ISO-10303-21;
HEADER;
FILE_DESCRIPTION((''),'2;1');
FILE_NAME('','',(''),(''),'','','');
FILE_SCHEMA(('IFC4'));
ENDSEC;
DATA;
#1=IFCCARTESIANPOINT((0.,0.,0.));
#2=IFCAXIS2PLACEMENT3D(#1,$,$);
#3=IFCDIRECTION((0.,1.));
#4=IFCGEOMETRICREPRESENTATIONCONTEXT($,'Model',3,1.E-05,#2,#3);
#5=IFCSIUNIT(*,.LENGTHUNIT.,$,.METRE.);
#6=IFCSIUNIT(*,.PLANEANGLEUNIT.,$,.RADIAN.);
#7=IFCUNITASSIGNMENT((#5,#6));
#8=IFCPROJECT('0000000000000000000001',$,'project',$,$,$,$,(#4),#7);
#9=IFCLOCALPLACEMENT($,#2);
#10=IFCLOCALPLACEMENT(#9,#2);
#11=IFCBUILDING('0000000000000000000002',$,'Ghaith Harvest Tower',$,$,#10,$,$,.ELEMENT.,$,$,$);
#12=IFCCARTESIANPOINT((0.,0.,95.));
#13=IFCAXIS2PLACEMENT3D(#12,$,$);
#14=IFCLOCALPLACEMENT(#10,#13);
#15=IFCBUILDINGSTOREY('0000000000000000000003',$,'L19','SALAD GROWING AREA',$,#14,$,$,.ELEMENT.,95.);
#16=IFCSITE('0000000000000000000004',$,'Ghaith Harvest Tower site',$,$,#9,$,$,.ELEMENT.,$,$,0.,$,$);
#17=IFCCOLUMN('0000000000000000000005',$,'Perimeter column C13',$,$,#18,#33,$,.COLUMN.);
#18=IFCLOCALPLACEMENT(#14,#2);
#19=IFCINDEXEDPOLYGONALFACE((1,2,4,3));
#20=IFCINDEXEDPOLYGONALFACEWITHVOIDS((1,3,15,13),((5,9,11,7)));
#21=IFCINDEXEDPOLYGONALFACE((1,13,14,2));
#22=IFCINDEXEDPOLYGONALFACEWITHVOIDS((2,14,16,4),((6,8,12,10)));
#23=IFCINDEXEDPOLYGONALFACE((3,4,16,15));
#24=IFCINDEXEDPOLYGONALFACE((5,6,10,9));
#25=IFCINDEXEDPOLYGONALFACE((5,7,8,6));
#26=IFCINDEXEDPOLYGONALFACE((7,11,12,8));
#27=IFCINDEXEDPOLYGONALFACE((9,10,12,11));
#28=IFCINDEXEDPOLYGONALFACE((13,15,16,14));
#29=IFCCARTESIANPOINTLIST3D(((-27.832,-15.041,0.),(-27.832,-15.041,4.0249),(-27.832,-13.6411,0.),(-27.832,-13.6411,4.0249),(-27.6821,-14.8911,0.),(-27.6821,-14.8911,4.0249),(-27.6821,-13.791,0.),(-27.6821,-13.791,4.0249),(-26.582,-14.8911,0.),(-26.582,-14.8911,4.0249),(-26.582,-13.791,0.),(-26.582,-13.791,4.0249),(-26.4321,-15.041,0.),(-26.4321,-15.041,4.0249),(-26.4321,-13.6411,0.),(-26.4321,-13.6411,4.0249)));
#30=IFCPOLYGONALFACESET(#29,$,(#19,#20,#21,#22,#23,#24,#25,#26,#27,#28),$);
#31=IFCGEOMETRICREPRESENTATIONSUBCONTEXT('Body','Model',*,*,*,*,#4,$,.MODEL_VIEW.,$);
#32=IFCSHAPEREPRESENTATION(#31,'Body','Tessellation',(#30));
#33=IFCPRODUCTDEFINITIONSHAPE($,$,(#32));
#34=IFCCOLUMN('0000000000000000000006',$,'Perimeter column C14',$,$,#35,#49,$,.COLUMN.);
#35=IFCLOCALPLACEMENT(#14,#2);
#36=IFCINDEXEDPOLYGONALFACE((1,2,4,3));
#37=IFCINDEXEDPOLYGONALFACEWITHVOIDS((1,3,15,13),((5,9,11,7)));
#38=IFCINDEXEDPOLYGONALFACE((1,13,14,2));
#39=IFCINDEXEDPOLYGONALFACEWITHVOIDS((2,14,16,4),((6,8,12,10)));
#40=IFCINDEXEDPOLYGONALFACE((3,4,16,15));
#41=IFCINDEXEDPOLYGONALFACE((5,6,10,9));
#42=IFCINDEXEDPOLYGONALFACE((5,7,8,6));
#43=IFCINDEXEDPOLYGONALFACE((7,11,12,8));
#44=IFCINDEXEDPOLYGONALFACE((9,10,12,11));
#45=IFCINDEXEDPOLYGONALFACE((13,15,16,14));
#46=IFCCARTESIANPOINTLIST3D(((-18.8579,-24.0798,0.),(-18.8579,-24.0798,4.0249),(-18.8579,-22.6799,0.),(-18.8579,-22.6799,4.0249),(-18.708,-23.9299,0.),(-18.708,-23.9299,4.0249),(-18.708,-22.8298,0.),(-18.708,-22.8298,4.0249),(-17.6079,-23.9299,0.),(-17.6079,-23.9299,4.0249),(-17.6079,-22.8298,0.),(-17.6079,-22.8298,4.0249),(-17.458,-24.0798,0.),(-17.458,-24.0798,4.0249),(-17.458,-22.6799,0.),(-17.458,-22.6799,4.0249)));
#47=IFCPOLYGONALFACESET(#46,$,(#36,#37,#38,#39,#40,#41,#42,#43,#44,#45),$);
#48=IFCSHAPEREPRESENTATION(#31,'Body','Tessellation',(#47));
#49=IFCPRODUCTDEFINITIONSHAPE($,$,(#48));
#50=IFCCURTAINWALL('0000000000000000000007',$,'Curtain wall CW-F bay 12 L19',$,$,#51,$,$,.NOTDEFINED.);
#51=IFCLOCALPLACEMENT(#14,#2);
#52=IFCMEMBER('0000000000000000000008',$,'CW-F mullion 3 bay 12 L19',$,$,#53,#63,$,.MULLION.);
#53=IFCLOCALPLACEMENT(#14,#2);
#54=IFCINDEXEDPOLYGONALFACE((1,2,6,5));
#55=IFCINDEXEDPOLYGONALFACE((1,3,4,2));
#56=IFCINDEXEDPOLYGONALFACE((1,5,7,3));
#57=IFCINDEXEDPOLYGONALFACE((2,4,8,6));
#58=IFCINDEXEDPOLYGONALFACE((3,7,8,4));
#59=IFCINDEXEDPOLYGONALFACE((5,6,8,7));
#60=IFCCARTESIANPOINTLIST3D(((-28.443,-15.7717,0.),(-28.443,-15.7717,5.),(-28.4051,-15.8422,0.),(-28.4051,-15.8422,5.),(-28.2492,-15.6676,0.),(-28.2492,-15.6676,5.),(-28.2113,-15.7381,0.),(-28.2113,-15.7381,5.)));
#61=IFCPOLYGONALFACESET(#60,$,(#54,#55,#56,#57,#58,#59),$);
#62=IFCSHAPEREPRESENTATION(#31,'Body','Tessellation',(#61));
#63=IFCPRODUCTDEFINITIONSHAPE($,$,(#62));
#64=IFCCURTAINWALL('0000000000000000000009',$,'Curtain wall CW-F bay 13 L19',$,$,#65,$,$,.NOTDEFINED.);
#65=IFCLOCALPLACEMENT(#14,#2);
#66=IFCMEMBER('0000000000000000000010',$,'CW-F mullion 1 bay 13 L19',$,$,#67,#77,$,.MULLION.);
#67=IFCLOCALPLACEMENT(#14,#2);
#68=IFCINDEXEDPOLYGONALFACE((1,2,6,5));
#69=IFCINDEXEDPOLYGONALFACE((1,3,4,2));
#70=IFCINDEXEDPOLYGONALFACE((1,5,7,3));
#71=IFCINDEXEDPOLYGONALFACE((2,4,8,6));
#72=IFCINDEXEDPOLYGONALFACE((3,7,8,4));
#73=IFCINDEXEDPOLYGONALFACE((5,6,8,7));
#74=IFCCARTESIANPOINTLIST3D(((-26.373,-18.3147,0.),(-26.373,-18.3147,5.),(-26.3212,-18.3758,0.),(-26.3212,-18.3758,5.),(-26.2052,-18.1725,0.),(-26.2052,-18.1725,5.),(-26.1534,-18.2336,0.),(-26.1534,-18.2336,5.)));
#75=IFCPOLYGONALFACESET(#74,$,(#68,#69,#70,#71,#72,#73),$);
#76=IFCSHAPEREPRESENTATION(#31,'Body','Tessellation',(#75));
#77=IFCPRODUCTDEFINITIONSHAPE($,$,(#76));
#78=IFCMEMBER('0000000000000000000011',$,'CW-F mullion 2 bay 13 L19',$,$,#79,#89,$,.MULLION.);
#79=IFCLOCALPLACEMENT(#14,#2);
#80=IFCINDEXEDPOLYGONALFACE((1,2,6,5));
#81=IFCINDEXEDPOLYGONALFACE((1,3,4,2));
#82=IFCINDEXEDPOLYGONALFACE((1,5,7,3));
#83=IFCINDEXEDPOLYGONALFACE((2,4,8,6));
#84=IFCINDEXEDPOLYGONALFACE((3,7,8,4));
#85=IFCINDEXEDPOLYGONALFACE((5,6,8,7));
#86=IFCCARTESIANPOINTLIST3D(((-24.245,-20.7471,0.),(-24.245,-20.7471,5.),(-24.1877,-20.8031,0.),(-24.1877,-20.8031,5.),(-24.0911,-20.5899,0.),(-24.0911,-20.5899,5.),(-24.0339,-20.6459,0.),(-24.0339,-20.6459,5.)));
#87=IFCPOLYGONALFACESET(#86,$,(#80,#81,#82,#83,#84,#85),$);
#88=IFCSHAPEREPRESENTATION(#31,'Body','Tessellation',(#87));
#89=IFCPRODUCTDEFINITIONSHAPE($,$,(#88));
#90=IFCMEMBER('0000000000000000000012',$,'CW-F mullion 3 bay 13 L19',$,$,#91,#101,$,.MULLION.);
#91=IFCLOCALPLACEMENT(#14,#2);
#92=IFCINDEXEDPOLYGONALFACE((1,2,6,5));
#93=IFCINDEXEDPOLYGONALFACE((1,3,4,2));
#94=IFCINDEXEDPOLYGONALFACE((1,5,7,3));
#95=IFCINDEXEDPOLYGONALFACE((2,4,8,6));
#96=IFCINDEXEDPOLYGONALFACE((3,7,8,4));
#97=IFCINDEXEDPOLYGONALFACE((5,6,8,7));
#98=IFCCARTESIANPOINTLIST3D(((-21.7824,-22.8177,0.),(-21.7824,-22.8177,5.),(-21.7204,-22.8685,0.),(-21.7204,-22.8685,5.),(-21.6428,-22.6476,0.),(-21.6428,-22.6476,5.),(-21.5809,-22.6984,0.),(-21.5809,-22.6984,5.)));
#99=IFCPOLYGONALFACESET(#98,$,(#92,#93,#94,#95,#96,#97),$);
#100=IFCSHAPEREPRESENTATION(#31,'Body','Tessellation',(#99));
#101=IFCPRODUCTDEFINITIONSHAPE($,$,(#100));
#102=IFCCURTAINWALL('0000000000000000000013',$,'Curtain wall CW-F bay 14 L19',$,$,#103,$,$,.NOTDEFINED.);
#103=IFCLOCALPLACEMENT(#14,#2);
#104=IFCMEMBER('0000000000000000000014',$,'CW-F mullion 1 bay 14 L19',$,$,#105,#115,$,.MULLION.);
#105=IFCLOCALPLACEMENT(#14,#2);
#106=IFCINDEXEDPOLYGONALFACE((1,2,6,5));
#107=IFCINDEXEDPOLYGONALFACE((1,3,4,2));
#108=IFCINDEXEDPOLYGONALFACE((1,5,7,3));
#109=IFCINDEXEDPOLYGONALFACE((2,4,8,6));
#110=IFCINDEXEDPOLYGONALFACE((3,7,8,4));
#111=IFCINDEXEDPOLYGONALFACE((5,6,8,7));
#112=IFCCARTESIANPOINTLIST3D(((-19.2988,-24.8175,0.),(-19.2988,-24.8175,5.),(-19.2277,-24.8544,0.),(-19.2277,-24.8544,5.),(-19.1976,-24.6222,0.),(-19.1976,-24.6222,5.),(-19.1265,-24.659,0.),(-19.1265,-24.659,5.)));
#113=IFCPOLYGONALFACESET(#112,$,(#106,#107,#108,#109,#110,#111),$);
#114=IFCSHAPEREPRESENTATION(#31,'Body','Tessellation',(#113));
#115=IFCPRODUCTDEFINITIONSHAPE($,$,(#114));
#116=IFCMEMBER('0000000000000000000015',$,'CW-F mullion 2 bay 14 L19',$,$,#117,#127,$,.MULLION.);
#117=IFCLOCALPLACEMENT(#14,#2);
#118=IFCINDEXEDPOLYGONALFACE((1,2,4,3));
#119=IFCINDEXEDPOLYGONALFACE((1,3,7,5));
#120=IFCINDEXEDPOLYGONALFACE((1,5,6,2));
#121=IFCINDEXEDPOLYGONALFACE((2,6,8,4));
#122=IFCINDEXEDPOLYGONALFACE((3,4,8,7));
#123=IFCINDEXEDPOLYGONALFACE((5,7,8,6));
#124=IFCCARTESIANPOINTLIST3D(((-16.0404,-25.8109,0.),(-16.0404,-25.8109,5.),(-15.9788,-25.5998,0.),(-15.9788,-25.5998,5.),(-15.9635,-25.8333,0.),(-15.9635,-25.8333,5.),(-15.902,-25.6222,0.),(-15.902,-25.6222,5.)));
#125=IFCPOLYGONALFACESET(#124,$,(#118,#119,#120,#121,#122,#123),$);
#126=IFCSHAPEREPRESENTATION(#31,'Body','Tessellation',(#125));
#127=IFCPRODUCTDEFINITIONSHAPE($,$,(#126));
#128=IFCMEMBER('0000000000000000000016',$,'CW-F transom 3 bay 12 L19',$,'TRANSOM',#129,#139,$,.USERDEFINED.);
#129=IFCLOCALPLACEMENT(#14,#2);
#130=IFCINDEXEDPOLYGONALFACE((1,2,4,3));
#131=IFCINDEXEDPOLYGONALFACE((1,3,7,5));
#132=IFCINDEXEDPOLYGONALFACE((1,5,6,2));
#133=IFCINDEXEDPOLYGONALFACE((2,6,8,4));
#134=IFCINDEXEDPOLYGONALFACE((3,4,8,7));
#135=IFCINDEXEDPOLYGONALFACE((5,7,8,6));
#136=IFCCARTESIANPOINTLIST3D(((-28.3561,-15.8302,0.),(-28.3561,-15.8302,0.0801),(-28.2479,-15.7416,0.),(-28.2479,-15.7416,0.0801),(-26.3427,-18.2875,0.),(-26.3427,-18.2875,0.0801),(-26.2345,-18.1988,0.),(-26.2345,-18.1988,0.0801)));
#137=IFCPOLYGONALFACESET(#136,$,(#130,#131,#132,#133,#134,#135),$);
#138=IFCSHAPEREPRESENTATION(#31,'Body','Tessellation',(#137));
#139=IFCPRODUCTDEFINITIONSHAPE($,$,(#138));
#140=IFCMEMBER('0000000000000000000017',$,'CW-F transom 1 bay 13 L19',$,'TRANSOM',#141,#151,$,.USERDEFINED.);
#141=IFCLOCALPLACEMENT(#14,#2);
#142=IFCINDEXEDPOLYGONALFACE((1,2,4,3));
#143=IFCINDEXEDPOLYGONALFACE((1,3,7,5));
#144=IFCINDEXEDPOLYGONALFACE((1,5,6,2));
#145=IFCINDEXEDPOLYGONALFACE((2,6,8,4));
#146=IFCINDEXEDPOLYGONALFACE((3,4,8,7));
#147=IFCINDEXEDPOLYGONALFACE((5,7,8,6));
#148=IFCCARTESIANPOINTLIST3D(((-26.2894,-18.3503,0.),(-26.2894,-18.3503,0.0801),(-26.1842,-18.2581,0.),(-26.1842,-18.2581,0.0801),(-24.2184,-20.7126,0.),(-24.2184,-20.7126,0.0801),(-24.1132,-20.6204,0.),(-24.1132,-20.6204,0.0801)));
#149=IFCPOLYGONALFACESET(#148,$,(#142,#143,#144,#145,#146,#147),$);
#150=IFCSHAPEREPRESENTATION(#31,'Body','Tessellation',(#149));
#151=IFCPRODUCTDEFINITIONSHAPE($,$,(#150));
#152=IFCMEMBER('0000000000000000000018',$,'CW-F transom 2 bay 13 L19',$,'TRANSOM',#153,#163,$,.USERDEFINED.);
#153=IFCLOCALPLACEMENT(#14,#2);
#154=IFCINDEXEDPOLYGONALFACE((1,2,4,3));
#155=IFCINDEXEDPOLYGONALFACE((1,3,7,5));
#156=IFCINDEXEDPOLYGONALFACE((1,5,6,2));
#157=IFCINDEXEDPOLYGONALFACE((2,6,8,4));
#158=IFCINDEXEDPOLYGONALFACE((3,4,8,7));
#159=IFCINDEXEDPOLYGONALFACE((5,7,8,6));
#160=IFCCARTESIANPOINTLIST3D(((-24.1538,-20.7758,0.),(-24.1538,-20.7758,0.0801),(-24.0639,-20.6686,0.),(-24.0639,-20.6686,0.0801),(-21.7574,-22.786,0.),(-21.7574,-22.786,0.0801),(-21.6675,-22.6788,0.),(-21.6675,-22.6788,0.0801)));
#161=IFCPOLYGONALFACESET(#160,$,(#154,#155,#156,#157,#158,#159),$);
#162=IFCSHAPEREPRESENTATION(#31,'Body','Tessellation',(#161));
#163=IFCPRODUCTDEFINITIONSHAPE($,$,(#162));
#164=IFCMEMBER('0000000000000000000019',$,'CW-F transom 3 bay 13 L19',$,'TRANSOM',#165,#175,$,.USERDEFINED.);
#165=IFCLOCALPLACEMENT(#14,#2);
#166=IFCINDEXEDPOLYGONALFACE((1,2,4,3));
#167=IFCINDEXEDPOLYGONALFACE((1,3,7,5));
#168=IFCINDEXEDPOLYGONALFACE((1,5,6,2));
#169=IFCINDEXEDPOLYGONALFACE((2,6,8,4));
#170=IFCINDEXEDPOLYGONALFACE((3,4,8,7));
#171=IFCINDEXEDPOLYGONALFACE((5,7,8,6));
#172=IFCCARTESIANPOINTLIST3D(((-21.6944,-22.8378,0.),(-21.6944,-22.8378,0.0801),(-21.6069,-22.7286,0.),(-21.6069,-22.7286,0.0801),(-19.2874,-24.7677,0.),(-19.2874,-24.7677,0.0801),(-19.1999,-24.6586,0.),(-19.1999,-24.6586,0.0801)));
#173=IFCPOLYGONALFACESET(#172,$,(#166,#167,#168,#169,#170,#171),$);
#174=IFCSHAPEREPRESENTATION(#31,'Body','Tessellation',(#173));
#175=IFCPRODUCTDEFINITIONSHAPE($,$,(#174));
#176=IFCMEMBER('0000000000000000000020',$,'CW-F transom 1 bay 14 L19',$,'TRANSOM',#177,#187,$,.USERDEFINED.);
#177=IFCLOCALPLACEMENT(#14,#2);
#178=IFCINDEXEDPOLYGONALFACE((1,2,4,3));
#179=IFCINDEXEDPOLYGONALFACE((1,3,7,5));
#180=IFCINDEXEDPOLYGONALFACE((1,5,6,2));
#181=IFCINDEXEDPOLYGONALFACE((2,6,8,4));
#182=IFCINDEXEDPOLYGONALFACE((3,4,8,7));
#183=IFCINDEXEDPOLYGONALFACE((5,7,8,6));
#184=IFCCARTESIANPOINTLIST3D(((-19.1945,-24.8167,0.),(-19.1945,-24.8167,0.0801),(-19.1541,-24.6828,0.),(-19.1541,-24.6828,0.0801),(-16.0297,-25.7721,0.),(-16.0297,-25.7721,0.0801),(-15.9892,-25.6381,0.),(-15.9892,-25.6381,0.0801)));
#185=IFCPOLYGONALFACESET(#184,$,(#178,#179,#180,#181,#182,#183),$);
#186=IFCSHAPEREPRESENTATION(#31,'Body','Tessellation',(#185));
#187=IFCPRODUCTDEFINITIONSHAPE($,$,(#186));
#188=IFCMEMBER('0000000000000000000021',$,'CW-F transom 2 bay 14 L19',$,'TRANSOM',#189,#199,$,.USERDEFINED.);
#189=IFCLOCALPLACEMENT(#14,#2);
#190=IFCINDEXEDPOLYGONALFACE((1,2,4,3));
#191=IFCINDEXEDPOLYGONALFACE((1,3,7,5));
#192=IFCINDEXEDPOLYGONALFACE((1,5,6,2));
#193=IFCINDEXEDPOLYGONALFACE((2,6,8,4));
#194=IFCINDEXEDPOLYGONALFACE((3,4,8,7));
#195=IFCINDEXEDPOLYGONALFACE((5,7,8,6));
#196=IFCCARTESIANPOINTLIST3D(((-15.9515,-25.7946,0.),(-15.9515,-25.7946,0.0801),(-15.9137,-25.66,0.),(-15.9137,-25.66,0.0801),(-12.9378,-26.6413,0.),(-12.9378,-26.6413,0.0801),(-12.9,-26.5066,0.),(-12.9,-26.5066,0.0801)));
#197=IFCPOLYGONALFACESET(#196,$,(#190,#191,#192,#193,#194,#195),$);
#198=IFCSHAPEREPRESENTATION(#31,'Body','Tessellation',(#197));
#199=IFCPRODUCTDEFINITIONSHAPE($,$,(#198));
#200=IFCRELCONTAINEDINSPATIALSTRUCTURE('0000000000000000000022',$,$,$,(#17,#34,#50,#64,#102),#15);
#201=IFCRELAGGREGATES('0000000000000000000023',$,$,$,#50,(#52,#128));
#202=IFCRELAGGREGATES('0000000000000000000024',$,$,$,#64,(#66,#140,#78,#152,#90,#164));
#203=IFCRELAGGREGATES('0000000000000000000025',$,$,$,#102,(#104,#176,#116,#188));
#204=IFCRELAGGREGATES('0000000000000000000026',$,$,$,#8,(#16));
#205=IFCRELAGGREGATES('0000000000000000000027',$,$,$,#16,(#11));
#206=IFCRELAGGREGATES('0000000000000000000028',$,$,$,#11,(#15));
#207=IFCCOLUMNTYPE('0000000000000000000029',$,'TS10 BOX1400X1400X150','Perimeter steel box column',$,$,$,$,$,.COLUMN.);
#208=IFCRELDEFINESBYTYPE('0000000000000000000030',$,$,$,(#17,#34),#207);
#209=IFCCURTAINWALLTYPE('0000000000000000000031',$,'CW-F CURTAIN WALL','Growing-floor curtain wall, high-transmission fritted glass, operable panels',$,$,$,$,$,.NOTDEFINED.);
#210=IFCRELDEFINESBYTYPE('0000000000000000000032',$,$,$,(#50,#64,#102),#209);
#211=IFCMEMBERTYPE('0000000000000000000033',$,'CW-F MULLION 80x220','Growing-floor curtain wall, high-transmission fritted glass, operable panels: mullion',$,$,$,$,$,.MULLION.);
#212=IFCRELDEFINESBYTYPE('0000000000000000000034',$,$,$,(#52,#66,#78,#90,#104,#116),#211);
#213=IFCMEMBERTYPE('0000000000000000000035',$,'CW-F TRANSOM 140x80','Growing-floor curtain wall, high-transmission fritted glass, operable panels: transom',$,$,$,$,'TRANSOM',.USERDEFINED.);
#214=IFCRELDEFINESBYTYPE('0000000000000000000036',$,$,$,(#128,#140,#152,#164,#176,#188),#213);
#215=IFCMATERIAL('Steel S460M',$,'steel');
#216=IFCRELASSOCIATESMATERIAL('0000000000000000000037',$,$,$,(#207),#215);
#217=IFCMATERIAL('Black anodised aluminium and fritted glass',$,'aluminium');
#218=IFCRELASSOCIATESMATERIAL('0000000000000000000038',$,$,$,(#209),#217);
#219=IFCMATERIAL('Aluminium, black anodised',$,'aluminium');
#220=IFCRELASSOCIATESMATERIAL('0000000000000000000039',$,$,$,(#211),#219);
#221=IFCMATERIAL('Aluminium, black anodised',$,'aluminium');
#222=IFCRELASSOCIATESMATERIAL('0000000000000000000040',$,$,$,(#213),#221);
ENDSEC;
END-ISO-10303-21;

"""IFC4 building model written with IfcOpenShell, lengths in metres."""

from ifc_helpers import new_model, si_unit, direction, frame, origin, origin_2d, place, context, subcontext, project, spatial, rectangle, hollow_rectangle, extrude, material, material_profile, profile_set, type_object, element, aggregate, save


model = new_model("IFC4")

# Units and contexts
model_context = context("Model", 3, precision=1e-05, world=origin(), true_north=direction((0.0, 1.0)))
body_context = subcontext(model_context, "Body", "Model", "MODEL_VIEW")
ifc_project = project(units=[si_unit("LENGTHUNIT", "METRE"), si_unit("PLANEANGLEUNIT", "RADIAN")], contexts=[model_context])

# Site, building, storey
site_placement = place(None, origin())
site = spatial("IfcSite", under=ifc_project, at=site_placement, Name="Ghaith Harvest Tower site", CompositionType="ELEMENT", RefElevation=0.0)
building_placement = place(site_placement, origin())
building = spatial("IfcBuilding", under=site, at=building_placement, Name="Ghaith Harvest Tower", CompositionType="ELEMENT")
storey_placement = place(building_placement, frame((0.0, 0.0, 95.0)))
storey = spatial("IfcBuildingStorey", under=building, at=storey_placement, Name="L19", Description="SALAD GROWING AREA", CompositionType="ELEMENT", Elevation=95.0)

# Columns
ifc_material_1 = material(Name="Steel S460M", Category="steel")
ifc_material_profile_1 = material_profile(ifc_material_1, hollow_rectangle(XDim=1.3999, YDim=1.3999, WallThickness=0.1499, at=origin_2d()), Name="BOX1400X1400X150")
ifc_profile_set_1 = profile_set([ifc_material_profile_1], Name="Steel S460M")
column_type = type_object("IfcColumnType", Name="TS10 BOX1400X1400X150", Description="Perimeter steel box column", PredefinedType="COLUMN", material=ifc_profile_set_1)
for number, where, z_axis, x_axis, name in (
    (1, (-27.1321, -14.3411, 0.0), (0.0, 0.0, 1.0), (1.0, 0.0, 0.0), "Perimeter column C13"),
    (2, (-18.158, -23.3799, 0.0), (0.0, 0.0, 1.0), (1.0, 0.0, 0.0), "Perimeter column C14"),
):
    element("IfcColumn", number, at=place(storey_placement, frame(where, z_axis=z_axis, x_axis=x_axis)), inside=storey, type_object=column_type, Name=name, PredefinedType="COLUMN", context=body_context, shape_type="SweptSolid", body=[
        extrude(hollow_rectangle(XDim=1.3999, YDim=1.3999, WallThickness=0.1499, at=origin_2d()), origin(), (0.0, 0.0, 1.0), 4.0249),
    ])

# Curtain wall, member
ifc_material_2 = material(Name="Black anodised aluminium and fritted glass", Category="aluminium")
curtain_wall_type = type_object("IfcCurtainWallType", Name="CW-F CURTAIN WALL", Description="Growing-floor curtain wall, high-transmission fritted glass, operable panels", PredefinedType="NOTDEFINED", material=ifc_material_2)
curtain_wall_1_placement = place(storey_placement, origin())
curtain_wall_1 = element("IfcCurtainWall", 3, at=curtain_wall_1_placement, inside=storey, type_object=curtain_wall_type, Name="Curtain wall CW-F bay 12 L19", PredefinedType="NOTDEFINED")
ifc_material_3 = material(Name="Aluminium, black anodised", Category="aluminium")
ifc_material_profile_2 = material_profile(ifc_material_3, rectangle(XDim=0.0801, YDim=0.22, at=origin_2d()), Name="CW-F MULLION 80x220")
ifc_profile_set_2 = profile_set([ifc_material_profile_2], Name="Aluminium, black anodised")
member_type_1 = type_object("IfcMemberType", Name="CW-F MULLION 80x220", Description="Growing-floor curtain wall, high-transmission fritted glass, operable panels: mullion", PredefinedType="MULLION", material=ifc_profile_set_2)
member_1_placement = place(storey_placement, frame((-28.3271, -15.7549, 0.0), z_axis=(0.0, 0.0, 1.0), x_axis=(0.473265, -0.88092, 0.0)))
member_1 = element("IfcMember", 4, at=member_1_placement, type_object=member_type_1, Name="CW-F mullion 3 bay 12 L19", PredefinedType="MULLION", context=body_context, shape_type="SweptSolid", body=[
    extrude(rectangle(XDim=0.0801, YDim=0.22, at=origin_2d()), origin(), (0.0, 0.0, 1.0), 5.0),
])

# Curtain walls, members
curtain_wall_2_placement = place(storey_placement, origin())
curtain_wall_2 = element("IfcCurtainWall", 5, at=curtain_wall_2_placement, inside=storey, type_object=curtain_wall_type, Name="Curtain wall CW-F bay 13 L19", PredefinedType="NOTDEFINED")
member_2_placement = place(storey_placement, frame((-26.2632, -18.2742, 0.0), z_axis=(0.0, 0.0, 1.0), x_axis=(0.646524, -0.762894, 0.0)))
member_2 = element("IfcMember", 6, at=member_2_placement, type_object=member_type_1, Name="CW-F mullion 1 bay 13 L19", PredefinedType="MULLION", context=body_context, shape_type="SweptSolid", body=[
    extrude(rectangle(XDim=0.0801, YDim=0.22, at=origin_2d()), origin(), (0.0, 0.0, 1.0), 5.0),
])
member_3_placement = place(storey_placement, frame((-24.1394, -20.6965, 0.0), z_axis=(0.0, 0.0, 1.0), x_axis=(0.714663, -0.699469, 0.0)))
member_3 = element("IfcMember", 7, at=member_3_placement, type_object=member_type_1, Name="CW-F mullion 2 bay 13 L19", PredefinedType="MULLION", context=body_context, shape_type="SweptSolid", body=[
    extrude(rectangle(XDim=0.0801, YDim=0.22, at=origin_2d()), origin(), (0.0, 0.0, 1.0), 5.0),
])
member_4_placement = place(storey_placement, frame((-21.6816, -22.7581, 0.0), z_axis=(0.0, 0.0, 1.0), x_axis=(0.773139, -0.634237, 0.0)))
member_4 = element("IfcMember", 8, at=member_4_placement, type_object=member_type_1, Name="CW-F mullion 3 bay 13 L19", PredefinedType="MULLION", context=body_context, shape_type="SweptSolid", body=[
    extrude(rectangle(XDim=0.0801, YDim=0.22, at=origin_2d()), origin(), (0.0, 0.0, 1.0), 5.0),
])
curtain_wall_3_placement = place(storey_placement, origin())
curtain_wall_3 = element("IfcCurtainWall", 9, at=curtain_wall_3_placement, inside=storey, type_object=curtain_wall_type, Name="Curtain wall CW-F bay 14 L19", PredefinedType="NOTDEFINED")
member_5_placement = place(storey_placement, frame((-19.2126, -24.7383, 0.0), z_axis=(0.0, 0.0, 1.0), x_axis=(0.887912, -0.460013, 0.0)))
member_5 = element("IfcMember", 10, at=member_5_placement, type_object=member_type_1, Name="CW-F mullion 1 bay 14 L19", PredefinedType="MULLION", context=body_context, shape_type="SweptSolid", body=[
    extrude(rectangle(XDim=0.0801, YDim=0.22, at=origin_2d()), origin(), (0.0, 0.0, 1.0), 5.0),
])
member_6_placement = place(storey_placement, frame((-15.9712, -25.7166, 0.0), z_axis=(0.0, 0.0, 1.0), x_axis=(0.960009, -0.27997, 0.0)))
member_6 = element("IfcMember", 11, at=member_6_placement, type_object=member_type_1, Name="CW-F mullion 2 bay 14 L19", PredefinedType="MULLION", context=body_context, shape_type="SweptSolid", body=[
    extrude(rectangle(XDim=0.0801, YDim=0.22, at=origin_2d()), origin(), (0.0, 0.0, 1.0), 5.0),
])

# Members
ifc_material_4 = material(Name="Aluminium, black anodised", Category="aluminium")
ifc_material_profile_3 = material_profile(ifc_material_4, rectangle(XDim=0.1399, YDim=0.0801, at=origin_2d()), Name="CW-F TRANSOM 140x80")
ifc_profile_set_3 = profile_set([ifc_material_profile_3], Name="Aluminium, black anodised")
member_type_2 = type_object("IfcMemberType", Name="CW-F TRANSOM 140x80", Description="Growing-floor curtain wall, high-transmission fritted glass, operable panels: transom", ElementType="TRANSOM", PredefinedType="USERDEFINED", material=ifc_profile_set_3)
member_7_placement = place(storey_placement, frame((-28.302, -15.7859, 0.04), z_axis=(0.63379, -0.773505, 0.0), x_axis=(0.773505, 0.63379, 0.0)))
member_7 = element("IfcMember", 12, at=member_7_placement, type_object=member_type_2, Name="CW-F transom 3 bay 12 L19", ObjectType="TRANSOM", PredefinedType="USERDEFINED", context=body_context, shape_type="SweptSolid", body=[
    extrude(rectangle(XDim=0.1399, YDim=0.0801, at=origin_2d()), origin(), (0.0, 0.0, 1.0), 3.1768),
])
member_8_placement = place(storey_placement, frame((-26.2368, -18.3042, 0.04), z_axis=(0.659231, -0.751941, 0.0), x_axis=(0.751941, 0.659231, 0.0)))
member_8 = element("IfcMember", 13, at=member_8_placement, type_object=member_type_2, Name="CW-F transom 1 bay 13 L19", ObjectType="TRANSOM", PredefinedType="USERDEFINED", context=body_context, shape_type="SweptSolid", body=[
    extrude(rectangle(XDim=0.1399, YDim=0.0801, at=origin_2d()), origin(), (0.0, 0.0, 1.0), 3.1416),
])
member_9_placement = place(storey_placement, frame((-24.1089, -20.7222, 0.04), z_axis=(0.766144, -0.642668, 0.0), x_axis=(0.642668, 0.766144, 0.0)))
member_9 = element("IfcMember", 14, at=member_9_placement, type_object=member_type_2, Name="CW-F transom 2 bay 13 L19", ObjectType="TRANSOM", PredefinedType="USERDEFINED", context=body_context, shape_type="SweptSolid", body=[
    extrude(rectangle(XDim=0.1399, YDim=0.0801, at=origin_2d()), origin(), (0.0, 0.0, 1.0), 3.1279),
])
member_10_placement = place(storey_placement, frame((-21.6506, -22.7832, 0.04), z_axis=(0.780181, -0.625554, 0.0), x_axis=(0.625554, 0.780181, 0.0)))
member_10 = element("IfcMember", 15, at=member_10_placement, type_object=member_type_2, Name="CW-F transom 3 bay 13 L19", ObjectType="TRANSOM", PredefinedType="USERDEFINED", context=body_context, shape_type="SweptSolid", body=[
    extrude(rectangle(XDim=0.1399, YDim=0.0801, at=origin_2d()), origin(), (0.0, 0.0, 1.0), 3.0852),
])
member_11_placement = place(storey_placement, frame((-19.1743, -24.7498, 0.04), z_axis=(0.957335, -0.28898, 0.0), x_axis=(0.28898, 0.957335, 0.0)))
member_11 = element("IfcMember", 16, at=member_11_placement, type_object=member_type_2, Name="CW-F transom 1 bay 14 L19", ObjectType="TRANSOM", PredefinedType="USERDEFINED", context=body_context, shape_type="SweptSolid", body=[
    extrude(rectangle(XDim=0.1399, YDim=0.0801, at=origin_2d()), origin(), (0.0, 0.0, 1.0), 3.3059),
])
member_12_placement = place(storey_placement, frame((-15.9326, -25.7273, 0.04), z_axis=(0.962727, -0.270475, 0.0), x_axis=(0.270475, 0.962727, 0.0)))
member_12 = element("IfcMember", 17, at=member_12_placement, type_object=member_type_2, Name="CW-F transom 2 bay 14 L19", ObjectType="TRANSOM", PredefinedType="USERDEFINED", context=body_context, shape_type="SweptSolid", body=[
    extrude(rectangle(XDim=0.1399, YDim=0.0801, at=origin_2d()), origin(), (0.0, 0.0, 1.0), 3.1304),
])

aggregate(curtain_wall_1, [member_1, member_7])
aggregate(curtain_wall_2, [member_2, member_8, member_3, member_9, member_4, member_10])
aggregate(curtain_wall_3, [member_5, member_11, member_6, member_12])

save(model, "model.ifc")
